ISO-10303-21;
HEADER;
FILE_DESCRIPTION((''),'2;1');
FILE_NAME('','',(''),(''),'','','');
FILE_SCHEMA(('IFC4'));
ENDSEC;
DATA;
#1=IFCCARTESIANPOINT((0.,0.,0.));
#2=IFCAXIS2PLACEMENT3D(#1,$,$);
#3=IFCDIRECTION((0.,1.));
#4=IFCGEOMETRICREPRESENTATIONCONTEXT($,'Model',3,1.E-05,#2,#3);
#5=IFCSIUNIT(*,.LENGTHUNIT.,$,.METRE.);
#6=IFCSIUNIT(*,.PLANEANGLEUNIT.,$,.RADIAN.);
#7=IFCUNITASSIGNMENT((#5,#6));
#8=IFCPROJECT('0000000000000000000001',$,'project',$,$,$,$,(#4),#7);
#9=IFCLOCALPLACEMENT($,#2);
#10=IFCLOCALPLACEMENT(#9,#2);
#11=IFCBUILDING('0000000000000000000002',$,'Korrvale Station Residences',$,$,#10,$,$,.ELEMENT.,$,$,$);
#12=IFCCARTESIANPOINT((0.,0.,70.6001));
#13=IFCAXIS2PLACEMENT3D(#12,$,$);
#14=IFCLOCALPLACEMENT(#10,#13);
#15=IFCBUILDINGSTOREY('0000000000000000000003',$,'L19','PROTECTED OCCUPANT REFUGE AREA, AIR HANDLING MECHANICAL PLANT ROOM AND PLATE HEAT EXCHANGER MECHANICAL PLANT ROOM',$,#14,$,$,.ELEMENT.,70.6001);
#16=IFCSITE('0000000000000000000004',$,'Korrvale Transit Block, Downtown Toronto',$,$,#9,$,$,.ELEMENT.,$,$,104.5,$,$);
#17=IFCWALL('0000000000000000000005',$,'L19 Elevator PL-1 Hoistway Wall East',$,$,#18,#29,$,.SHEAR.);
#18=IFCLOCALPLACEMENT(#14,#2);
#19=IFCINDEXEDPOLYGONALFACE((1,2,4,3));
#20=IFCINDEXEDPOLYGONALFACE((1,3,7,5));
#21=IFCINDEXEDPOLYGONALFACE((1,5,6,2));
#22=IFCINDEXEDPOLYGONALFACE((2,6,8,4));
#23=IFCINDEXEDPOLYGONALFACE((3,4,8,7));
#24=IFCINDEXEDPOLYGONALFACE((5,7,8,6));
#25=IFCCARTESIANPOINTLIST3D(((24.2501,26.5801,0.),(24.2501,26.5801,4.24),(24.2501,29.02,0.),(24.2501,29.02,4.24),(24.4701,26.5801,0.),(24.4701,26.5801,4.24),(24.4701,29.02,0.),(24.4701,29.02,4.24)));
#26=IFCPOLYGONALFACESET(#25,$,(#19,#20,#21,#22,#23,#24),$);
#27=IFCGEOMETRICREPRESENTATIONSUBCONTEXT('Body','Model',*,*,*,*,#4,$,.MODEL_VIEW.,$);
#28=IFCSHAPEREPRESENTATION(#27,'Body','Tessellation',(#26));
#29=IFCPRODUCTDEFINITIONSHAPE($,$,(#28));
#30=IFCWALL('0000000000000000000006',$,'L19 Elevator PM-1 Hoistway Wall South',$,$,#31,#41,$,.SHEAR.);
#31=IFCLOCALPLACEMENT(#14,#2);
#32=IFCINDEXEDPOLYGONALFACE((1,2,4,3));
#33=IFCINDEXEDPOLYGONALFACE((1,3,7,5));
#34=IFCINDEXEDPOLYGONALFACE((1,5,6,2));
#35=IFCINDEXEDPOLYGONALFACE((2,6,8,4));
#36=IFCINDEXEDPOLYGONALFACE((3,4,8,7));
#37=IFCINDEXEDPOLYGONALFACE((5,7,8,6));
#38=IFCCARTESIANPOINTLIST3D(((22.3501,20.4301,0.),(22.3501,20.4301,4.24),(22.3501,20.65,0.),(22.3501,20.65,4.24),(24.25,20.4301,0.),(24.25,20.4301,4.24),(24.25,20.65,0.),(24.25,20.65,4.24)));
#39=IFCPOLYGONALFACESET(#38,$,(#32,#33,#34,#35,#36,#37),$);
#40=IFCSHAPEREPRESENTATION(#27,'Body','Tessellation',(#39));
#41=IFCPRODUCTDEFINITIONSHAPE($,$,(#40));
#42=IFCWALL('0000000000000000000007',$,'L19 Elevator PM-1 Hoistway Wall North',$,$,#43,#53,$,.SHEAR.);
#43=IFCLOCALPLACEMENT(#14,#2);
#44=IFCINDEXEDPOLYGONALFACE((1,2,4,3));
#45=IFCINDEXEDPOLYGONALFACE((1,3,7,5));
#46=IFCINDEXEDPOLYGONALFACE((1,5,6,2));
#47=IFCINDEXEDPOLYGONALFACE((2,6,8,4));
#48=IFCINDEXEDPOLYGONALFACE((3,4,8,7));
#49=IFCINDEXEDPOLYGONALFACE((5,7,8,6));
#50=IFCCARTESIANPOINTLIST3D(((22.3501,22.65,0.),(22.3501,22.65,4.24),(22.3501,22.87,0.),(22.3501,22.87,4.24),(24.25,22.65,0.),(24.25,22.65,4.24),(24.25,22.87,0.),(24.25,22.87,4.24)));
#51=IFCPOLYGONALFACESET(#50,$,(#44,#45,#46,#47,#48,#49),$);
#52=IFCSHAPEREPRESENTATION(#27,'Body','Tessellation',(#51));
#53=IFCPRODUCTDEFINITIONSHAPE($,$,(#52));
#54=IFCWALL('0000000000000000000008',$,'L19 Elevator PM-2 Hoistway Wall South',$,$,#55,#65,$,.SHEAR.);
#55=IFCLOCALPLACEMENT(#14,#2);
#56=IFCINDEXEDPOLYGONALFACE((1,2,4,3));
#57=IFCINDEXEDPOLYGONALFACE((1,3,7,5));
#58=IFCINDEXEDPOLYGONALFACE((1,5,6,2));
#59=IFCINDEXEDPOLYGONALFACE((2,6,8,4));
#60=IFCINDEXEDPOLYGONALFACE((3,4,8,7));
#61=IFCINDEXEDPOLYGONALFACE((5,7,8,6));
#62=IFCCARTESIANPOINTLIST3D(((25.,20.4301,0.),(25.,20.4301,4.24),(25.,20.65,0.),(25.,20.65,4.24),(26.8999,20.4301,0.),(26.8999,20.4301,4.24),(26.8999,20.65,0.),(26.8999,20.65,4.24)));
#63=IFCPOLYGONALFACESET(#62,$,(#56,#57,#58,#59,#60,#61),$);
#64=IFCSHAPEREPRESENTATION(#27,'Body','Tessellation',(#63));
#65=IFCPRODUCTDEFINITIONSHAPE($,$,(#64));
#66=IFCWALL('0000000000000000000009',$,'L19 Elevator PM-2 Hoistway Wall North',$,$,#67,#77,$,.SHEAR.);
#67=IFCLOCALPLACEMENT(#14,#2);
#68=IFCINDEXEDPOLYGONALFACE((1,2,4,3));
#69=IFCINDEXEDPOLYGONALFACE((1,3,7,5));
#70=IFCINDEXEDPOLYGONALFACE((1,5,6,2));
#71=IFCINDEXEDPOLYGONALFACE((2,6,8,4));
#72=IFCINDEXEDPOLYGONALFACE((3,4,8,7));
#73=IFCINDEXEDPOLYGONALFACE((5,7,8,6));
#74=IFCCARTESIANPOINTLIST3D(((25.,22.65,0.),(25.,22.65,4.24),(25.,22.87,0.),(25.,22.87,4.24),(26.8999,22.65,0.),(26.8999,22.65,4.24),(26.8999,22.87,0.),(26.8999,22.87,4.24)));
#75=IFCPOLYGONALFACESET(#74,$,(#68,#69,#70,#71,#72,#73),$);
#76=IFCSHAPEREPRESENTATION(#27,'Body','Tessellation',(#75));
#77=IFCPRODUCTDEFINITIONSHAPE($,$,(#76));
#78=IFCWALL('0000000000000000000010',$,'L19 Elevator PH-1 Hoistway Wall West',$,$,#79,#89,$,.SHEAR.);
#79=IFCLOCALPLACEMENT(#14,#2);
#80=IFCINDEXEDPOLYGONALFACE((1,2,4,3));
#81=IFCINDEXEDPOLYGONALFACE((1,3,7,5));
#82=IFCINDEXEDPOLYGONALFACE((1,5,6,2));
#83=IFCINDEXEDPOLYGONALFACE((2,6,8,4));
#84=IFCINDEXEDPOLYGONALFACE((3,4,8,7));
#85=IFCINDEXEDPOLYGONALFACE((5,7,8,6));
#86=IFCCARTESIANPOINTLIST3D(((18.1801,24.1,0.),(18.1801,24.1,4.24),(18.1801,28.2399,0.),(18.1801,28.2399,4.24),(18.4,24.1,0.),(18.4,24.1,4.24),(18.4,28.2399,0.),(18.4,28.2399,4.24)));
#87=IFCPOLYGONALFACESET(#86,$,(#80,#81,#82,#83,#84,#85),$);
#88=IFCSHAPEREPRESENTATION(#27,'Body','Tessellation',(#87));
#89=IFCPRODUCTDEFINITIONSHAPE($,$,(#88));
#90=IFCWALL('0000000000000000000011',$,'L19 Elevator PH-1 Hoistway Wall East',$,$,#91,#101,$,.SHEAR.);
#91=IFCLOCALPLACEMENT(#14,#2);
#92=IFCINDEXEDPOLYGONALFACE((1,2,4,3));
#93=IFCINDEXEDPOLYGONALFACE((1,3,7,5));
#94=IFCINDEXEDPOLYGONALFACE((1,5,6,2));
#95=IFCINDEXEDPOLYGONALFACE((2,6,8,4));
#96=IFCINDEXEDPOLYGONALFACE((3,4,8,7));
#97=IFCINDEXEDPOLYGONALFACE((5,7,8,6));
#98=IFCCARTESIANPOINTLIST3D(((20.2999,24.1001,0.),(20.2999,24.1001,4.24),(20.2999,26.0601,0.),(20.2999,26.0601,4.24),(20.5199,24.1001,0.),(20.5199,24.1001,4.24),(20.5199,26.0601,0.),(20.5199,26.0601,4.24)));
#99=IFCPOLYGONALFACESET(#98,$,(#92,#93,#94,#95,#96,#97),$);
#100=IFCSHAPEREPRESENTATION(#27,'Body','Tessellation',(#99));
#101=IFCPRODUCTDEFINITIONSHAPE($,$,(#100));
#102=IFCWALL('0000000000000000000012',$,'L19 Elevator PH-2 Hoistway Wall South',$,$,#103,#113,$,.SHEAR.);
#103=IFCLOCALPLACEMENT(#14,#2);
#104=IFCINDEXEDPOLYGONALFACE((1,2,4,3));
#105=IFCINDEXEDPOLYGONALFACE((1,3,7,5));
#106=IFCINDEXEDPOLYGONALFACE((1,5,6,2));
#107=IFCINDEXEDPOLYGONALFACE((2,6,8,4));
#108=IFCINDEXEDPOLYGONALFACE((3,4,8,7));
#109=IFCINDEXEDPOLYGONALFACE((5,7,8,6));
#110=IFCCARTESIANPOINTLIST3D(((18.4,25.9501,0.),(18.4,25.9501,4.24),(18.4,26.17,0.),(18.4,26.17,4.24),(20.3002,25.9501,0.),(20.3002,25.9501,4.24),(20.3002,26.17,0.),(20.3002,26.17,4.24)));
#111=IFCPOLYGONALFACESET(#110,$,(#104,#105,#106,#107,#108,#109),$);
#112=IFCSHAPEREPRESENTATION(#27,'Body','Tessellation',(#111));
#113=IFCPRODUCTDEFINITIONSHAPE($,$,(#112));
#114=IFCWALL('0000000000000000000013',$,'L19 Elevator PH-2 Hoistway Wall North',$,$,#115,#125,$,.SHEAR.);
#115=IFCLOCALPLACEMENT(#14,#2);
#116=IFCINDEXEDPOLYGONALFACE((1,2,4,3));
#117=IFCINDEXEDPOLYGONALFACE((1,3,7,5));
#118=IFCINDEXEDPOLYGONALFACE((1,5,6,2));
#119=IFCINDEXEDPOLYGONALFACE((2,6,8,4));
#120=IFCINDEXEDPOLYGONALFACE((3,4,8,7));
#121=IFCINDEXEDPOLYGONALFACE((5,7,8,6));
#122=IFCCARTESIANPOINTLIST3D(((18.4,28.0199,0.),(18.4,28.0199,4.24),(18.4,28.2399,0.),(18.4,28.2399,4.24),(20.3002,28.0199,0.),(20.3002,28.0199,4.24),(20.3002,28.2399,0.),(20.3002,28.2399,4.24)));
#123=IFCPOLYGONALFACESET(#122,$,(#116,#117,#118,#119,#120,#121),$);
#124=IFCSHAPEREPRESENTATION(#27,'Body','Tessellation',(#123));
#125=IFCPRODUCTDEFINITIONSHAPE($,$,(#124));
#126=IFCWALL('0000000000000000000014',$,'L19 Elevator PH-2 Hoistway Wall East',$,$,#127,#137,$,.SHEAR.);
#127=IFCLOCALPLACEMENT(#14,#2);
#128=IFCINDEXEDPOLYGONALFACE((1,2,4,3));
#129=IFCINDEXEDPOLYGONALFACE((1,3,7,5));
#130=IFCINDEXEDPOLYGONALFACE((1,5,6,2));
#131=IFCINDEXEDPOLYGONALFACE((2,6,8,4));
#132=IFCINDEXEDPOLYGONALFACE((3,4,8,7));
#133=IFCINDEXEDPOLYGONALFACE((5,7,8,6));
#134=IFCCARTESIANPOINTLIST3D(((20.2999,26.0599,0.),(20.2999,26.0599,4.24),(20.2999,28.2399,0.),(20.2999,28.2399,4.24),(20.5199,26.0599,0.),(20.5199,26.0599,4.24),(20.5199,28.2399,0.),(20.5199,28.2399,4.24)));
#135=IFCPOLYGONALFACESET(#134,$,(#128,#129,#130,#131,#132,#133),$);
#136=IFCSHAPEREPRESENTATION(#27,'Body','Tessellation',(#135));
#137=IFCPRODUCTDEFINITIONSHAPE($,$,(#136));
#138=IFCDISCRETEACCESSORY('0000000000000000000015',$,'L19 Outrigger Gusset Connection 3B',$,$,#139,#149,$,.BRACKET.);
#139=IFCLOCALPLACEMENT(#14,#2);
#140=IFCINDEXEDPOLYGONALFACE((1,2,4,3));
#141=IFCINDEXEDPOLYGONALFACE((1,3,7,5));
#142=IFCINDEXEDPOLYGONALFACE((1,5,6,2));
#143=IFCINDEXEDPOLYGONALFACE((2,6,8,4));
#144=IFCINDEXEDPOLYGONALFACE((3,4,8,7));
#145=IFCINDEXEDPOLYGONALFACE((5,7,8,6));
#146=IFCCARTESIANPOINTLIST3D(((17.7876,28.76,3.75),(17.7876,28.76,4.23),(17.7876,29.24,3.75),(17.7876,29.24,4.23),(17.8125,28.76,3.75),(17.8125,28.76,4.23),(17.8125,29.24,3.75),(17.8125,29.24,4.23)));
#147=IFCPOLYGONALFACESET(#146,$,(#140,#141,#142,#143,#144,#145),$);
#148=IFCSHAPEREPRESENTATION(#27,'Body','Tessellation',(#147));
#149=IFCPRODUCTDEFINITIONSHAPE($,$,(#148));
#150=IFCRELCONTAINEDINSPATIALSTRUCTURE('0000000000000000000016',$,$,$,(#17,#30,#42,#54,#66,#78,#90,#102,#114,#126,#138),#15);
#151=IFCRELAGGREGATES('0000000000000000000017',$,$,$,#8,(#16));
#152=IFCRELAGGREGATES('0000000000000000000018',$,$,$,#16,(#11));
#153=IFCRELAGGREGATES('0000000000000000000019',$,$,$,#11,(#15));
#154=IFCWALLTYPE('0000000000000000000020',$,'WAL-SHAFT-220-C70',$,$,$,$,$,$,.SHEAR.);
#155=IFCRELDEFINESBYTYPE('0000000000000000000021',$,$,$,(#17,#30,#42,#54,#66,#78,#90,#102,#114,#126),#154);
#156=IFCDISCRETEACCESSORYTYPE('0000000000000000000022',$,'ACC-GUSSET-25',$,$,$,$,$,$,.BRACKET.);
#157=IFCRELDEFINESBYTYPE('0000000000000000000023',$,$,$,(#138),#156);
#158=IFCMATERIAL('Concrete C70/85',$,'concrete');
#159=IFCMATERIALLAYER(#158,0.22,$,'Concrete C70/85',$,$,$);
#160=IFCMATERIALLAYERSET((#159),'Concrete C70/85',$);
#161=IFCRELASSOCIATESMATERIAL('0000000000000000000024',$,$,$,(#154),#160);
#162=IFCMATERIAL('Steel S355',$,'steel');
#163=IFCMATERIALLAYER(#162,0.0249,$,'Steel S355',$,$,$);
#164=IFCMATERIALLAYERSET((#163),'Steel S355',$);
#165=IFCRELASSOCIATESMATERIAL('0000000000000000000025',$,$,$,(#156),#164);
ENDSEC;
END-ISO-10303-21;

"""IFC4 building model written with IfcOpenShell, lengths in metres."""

from ifc_helpers import new_model, si_unit, direction, frame, frame_2d, origin, origin_2d, place, context, subcontext, project, spatial, rectangle, extrude, material, layer, layer_set, type_object, element, save


model = new_model("IFC4")

# Units and contexts
model_context = context("Model", 3, precision=1e-05, world=origin(), true_north=direction((0.0, 1.0)))
body_context = subcontext(model_context, "Body", "Model", "MODEL_VIEW")
ifc_project = project(units=[si_unit("LENGTHUNIT", "METRE"), si_unit("PLANEANGLEUNIT", "RADIAN")], contexts=[model_context])

# Site, building, storey
site_placement = place(None, origin())
site = spatial("IfcSite", under=ifc_project, at=site_placement, Name="Korrvale Transit Block, Downtown Toronto", CompositionType="ELEMENT", RefElevation=104.5)
building_placement = place(site_placement, origin())
building = spatial("IfcBuilding", under=site, at=building_placement, Name="Korrvale Station Residences", CompositionType="ELEMENT")
storey_placement = place(building_placement, frame((0.0, 0.0, 70.6001)))
storey = spatial("IfcBuildingStorey", under=building, at=storey_placement, Name="L19", Description="PROTECTED OCCUPANT REFUGE AREA, AIR HANDLING MECHANICAL PLANT ROOM AND PLATE HEAT EXCHANGER MECHANICAL PLANT ROOM", CompositionType="ELEMENT", Elevation=70.6001)

# Shared definitions
ifc_material_1 = material(Name="Concrete C70/85", Category="concrete")

# Shared definitions
ifc_layer_1 = layer(ifc_material_1, 0.22, Name="Concrete C70/85")
ifc_layer_set_1 = layer_set([ifc_layer_1], Name="Concrete C70/85")
wall_type_1 = type_object("IfcWallType", Name="WAL-SHAFT-220-C70", PredefinedType="SHEAR", material=ifc_layer_set_1)

# Walls
for number, where, z_axis, x_axis, name in (
    (1, (24.3601, 26.5801, 0.0), (0.0, 0.0, 1.0), (0.0, 1.0, 0.0), "L19 Elevator PL-1 Hoistway Wall East"),
):
    element("IfcWall", number, at=place(storey_placement, frame(where, z_axis=z_axis, x_axis=x_axis)), inside=storey, type_object=wall_type_1, Name=name, PredefinedType="SHEAR", context=body_context, shape_type="SweptSolid", body=[
        extrude(rectangle(XDim=2.4399, YDim=0.22, at=frame_2d((1.22, 0.0))), origin(), (0.0, 0.0, 1.0), 4.24),
    ])
for number, where, z_axis, x_axis, name in (
    (2, (22.3501, 20.54, 0.0), (0.0, 0.0, 1.0), (1.0, 0.0, 0.0), "L19 Elevator PM-1 Hoistway Wall South"),
    (3, (22.3501, 22.76, 0.0), (0.0, 0.0, 1.0), (1.0, 0.0, 0.0), "L19 Elevator PM-1 Hoistway Wall North"),
    (4, (25.0, 20.54, 0.0), (0.0, 0.0, 1.0), (1.0, 0.0, 0.0), "L19 Elevator PM-2 Hoistway Wall South"),
    (5, (25.0, 22.76, 0.0), (0.0, 0.0, 1.0), (1.0, 0.0, 0.0), "L19 Elevator PM-2 Hoistway Wall North"),
):
    element("IfcWall", number, at=place(storey_placement, frame(where, z_axis=z_axis, x_axis=x_axis)), inside=storey, type_object=wall_type_1, Name=name, PredefinedType="SHEAR", context=body_context, shape_type="SweptSolid", body=[
        extrude(rectangle(XDim=1.8999, YDim=0.22, at=frame_2d((0.95, 0.0))), origin(), (0.0, 0.0, 1.0), 4.24),
    ])
wall_1_placement = place(storey_placement, frame((18.29, 24.1001, 0.0), z_axis=(0.0, 0.0, 1.0), x_axis=(0.0, 1.0, 0.0)))
element("IfcWall", 6, at=wall_1_placement, inside=storey, type_object=wall_type_1, Name="L19 Elevator PH-1 Hoistway Wall West", PredefinedType="SHEAR", context=body_context, shape_type="SweptSolid", body=[
    extrude(rectangle(XDim=4.1399, YDim=0.22, at=frame_2d((2.0698, 0.0))), origin(), (0.0, 0.0, 1.0), 4.24),
])
wall_2_placement = place(storey_placement, frame((20.4099, 24.1001, 0.0), z_axis=(0.0, 0.0, 1.0), x_axis=(0.0, 1.0, 0.0)))
element("IfcWall", 7, at=wall_2_placement, inside=storey, type_object=wall_type_1, Name="L19 Elevator PH-1 Hoistway Wall East", PredefinedType="SHEAR", context=body_context, shape_type="SweptSolid", body=[
    extrude(rectangle(XDim=1.96, YDim=0.22, at=frame_2d((0.98, 0.0))), origin(), (0.0, 0.0, 1.0), 4.24),
])
for number, where, z_axis, x_axis, name in (
    (8, (18.3999, 26.0601, 0.0), (0.0, 0.0, 1.0), (1.0, 0.0, 0.0), "L19 Elevator PH-2 Hoistway Wall South"),
    (9, (18.3999, 28.1299, 0.0), (0.0, 0.0, 1.0), (1.0, 0.0, 0.0), "L19 Elevator PH-2 Hoistway Wall North"),
):
    element("IfcWall", number, at=place(storey_placement, frame(where, z_axis=z_axis, x_axis=x_axis)), inside=storey, type_object=wall_type_1, Name=name, PredefinedType="SHEAR", context=body_context, shape_type="SweptSolid", body=[
        extrude(rectangle(XDim=1.9001, YDim=0.22, at=frame_2d((0.9502, 0.0))), origin(), (0.0, 0.0, 1.0), 4.24),
    ])
wall_3_placement = place(storey_placement, frame((20.4099, 26.0601, 0.0), z_axis=(0.0, 0.0, 1.0), x_axis=(0.0, 1.0, 0.0)))
element("IfcWall", 10, at=wall_3_placement, inside=storey, type_object=wall_type_1, Name="L19 Elevator PH-2 Hoistway Wall East", PredefinedType="SHEAR", context=body_context, shape_type="SweptSolid", body=[
    extrude(rectangle(XDim=2.1799, YDim=0.22, at=frame_2d((1.0898, 0.0))), origin(), (0.0, 0.0, 1.0), 4.24),
])

# Discrete accessory
ifc_material_2 = material(Name="Steel S355", Category="steel")
ifc_layer_2 = layer(ifc_material_2, 0.0249, Name="Steel S355")
ifc_layer_set_2 = layer_set([ifc_layer_2], Name="Steel S355")
discrete_accessory_type = type_object("IfcDiscreteAccessoryType", Name="ACC-GUSSET-25", PredefinedType="BRACKET", material=ifc_layer_set_2)
discrete_accessory_placement = place(storey_placement, frame((17.8, 29.0, 3.75), z_axis=(0.0, 0.0, 1.0), x_axis=(0.0, 1.0, 0.0)))
element("IfcDiscreteAccessory", 11, at=discrete_accessory_placement, inside=storey, type_object=discrete_accessory_type, Name="L19 Outrigger Gusset Connection 3B", PredefinedType="BRACKET", context=body_context, shape_type="SweptSolid", body=[
    extrude(rectangle(XDim=0.48, YDim=0.0249, at=origin_2d()), origin(), (0.0, 0.0, 1.0), 0.48),
])

save(model, "model.ifc")
